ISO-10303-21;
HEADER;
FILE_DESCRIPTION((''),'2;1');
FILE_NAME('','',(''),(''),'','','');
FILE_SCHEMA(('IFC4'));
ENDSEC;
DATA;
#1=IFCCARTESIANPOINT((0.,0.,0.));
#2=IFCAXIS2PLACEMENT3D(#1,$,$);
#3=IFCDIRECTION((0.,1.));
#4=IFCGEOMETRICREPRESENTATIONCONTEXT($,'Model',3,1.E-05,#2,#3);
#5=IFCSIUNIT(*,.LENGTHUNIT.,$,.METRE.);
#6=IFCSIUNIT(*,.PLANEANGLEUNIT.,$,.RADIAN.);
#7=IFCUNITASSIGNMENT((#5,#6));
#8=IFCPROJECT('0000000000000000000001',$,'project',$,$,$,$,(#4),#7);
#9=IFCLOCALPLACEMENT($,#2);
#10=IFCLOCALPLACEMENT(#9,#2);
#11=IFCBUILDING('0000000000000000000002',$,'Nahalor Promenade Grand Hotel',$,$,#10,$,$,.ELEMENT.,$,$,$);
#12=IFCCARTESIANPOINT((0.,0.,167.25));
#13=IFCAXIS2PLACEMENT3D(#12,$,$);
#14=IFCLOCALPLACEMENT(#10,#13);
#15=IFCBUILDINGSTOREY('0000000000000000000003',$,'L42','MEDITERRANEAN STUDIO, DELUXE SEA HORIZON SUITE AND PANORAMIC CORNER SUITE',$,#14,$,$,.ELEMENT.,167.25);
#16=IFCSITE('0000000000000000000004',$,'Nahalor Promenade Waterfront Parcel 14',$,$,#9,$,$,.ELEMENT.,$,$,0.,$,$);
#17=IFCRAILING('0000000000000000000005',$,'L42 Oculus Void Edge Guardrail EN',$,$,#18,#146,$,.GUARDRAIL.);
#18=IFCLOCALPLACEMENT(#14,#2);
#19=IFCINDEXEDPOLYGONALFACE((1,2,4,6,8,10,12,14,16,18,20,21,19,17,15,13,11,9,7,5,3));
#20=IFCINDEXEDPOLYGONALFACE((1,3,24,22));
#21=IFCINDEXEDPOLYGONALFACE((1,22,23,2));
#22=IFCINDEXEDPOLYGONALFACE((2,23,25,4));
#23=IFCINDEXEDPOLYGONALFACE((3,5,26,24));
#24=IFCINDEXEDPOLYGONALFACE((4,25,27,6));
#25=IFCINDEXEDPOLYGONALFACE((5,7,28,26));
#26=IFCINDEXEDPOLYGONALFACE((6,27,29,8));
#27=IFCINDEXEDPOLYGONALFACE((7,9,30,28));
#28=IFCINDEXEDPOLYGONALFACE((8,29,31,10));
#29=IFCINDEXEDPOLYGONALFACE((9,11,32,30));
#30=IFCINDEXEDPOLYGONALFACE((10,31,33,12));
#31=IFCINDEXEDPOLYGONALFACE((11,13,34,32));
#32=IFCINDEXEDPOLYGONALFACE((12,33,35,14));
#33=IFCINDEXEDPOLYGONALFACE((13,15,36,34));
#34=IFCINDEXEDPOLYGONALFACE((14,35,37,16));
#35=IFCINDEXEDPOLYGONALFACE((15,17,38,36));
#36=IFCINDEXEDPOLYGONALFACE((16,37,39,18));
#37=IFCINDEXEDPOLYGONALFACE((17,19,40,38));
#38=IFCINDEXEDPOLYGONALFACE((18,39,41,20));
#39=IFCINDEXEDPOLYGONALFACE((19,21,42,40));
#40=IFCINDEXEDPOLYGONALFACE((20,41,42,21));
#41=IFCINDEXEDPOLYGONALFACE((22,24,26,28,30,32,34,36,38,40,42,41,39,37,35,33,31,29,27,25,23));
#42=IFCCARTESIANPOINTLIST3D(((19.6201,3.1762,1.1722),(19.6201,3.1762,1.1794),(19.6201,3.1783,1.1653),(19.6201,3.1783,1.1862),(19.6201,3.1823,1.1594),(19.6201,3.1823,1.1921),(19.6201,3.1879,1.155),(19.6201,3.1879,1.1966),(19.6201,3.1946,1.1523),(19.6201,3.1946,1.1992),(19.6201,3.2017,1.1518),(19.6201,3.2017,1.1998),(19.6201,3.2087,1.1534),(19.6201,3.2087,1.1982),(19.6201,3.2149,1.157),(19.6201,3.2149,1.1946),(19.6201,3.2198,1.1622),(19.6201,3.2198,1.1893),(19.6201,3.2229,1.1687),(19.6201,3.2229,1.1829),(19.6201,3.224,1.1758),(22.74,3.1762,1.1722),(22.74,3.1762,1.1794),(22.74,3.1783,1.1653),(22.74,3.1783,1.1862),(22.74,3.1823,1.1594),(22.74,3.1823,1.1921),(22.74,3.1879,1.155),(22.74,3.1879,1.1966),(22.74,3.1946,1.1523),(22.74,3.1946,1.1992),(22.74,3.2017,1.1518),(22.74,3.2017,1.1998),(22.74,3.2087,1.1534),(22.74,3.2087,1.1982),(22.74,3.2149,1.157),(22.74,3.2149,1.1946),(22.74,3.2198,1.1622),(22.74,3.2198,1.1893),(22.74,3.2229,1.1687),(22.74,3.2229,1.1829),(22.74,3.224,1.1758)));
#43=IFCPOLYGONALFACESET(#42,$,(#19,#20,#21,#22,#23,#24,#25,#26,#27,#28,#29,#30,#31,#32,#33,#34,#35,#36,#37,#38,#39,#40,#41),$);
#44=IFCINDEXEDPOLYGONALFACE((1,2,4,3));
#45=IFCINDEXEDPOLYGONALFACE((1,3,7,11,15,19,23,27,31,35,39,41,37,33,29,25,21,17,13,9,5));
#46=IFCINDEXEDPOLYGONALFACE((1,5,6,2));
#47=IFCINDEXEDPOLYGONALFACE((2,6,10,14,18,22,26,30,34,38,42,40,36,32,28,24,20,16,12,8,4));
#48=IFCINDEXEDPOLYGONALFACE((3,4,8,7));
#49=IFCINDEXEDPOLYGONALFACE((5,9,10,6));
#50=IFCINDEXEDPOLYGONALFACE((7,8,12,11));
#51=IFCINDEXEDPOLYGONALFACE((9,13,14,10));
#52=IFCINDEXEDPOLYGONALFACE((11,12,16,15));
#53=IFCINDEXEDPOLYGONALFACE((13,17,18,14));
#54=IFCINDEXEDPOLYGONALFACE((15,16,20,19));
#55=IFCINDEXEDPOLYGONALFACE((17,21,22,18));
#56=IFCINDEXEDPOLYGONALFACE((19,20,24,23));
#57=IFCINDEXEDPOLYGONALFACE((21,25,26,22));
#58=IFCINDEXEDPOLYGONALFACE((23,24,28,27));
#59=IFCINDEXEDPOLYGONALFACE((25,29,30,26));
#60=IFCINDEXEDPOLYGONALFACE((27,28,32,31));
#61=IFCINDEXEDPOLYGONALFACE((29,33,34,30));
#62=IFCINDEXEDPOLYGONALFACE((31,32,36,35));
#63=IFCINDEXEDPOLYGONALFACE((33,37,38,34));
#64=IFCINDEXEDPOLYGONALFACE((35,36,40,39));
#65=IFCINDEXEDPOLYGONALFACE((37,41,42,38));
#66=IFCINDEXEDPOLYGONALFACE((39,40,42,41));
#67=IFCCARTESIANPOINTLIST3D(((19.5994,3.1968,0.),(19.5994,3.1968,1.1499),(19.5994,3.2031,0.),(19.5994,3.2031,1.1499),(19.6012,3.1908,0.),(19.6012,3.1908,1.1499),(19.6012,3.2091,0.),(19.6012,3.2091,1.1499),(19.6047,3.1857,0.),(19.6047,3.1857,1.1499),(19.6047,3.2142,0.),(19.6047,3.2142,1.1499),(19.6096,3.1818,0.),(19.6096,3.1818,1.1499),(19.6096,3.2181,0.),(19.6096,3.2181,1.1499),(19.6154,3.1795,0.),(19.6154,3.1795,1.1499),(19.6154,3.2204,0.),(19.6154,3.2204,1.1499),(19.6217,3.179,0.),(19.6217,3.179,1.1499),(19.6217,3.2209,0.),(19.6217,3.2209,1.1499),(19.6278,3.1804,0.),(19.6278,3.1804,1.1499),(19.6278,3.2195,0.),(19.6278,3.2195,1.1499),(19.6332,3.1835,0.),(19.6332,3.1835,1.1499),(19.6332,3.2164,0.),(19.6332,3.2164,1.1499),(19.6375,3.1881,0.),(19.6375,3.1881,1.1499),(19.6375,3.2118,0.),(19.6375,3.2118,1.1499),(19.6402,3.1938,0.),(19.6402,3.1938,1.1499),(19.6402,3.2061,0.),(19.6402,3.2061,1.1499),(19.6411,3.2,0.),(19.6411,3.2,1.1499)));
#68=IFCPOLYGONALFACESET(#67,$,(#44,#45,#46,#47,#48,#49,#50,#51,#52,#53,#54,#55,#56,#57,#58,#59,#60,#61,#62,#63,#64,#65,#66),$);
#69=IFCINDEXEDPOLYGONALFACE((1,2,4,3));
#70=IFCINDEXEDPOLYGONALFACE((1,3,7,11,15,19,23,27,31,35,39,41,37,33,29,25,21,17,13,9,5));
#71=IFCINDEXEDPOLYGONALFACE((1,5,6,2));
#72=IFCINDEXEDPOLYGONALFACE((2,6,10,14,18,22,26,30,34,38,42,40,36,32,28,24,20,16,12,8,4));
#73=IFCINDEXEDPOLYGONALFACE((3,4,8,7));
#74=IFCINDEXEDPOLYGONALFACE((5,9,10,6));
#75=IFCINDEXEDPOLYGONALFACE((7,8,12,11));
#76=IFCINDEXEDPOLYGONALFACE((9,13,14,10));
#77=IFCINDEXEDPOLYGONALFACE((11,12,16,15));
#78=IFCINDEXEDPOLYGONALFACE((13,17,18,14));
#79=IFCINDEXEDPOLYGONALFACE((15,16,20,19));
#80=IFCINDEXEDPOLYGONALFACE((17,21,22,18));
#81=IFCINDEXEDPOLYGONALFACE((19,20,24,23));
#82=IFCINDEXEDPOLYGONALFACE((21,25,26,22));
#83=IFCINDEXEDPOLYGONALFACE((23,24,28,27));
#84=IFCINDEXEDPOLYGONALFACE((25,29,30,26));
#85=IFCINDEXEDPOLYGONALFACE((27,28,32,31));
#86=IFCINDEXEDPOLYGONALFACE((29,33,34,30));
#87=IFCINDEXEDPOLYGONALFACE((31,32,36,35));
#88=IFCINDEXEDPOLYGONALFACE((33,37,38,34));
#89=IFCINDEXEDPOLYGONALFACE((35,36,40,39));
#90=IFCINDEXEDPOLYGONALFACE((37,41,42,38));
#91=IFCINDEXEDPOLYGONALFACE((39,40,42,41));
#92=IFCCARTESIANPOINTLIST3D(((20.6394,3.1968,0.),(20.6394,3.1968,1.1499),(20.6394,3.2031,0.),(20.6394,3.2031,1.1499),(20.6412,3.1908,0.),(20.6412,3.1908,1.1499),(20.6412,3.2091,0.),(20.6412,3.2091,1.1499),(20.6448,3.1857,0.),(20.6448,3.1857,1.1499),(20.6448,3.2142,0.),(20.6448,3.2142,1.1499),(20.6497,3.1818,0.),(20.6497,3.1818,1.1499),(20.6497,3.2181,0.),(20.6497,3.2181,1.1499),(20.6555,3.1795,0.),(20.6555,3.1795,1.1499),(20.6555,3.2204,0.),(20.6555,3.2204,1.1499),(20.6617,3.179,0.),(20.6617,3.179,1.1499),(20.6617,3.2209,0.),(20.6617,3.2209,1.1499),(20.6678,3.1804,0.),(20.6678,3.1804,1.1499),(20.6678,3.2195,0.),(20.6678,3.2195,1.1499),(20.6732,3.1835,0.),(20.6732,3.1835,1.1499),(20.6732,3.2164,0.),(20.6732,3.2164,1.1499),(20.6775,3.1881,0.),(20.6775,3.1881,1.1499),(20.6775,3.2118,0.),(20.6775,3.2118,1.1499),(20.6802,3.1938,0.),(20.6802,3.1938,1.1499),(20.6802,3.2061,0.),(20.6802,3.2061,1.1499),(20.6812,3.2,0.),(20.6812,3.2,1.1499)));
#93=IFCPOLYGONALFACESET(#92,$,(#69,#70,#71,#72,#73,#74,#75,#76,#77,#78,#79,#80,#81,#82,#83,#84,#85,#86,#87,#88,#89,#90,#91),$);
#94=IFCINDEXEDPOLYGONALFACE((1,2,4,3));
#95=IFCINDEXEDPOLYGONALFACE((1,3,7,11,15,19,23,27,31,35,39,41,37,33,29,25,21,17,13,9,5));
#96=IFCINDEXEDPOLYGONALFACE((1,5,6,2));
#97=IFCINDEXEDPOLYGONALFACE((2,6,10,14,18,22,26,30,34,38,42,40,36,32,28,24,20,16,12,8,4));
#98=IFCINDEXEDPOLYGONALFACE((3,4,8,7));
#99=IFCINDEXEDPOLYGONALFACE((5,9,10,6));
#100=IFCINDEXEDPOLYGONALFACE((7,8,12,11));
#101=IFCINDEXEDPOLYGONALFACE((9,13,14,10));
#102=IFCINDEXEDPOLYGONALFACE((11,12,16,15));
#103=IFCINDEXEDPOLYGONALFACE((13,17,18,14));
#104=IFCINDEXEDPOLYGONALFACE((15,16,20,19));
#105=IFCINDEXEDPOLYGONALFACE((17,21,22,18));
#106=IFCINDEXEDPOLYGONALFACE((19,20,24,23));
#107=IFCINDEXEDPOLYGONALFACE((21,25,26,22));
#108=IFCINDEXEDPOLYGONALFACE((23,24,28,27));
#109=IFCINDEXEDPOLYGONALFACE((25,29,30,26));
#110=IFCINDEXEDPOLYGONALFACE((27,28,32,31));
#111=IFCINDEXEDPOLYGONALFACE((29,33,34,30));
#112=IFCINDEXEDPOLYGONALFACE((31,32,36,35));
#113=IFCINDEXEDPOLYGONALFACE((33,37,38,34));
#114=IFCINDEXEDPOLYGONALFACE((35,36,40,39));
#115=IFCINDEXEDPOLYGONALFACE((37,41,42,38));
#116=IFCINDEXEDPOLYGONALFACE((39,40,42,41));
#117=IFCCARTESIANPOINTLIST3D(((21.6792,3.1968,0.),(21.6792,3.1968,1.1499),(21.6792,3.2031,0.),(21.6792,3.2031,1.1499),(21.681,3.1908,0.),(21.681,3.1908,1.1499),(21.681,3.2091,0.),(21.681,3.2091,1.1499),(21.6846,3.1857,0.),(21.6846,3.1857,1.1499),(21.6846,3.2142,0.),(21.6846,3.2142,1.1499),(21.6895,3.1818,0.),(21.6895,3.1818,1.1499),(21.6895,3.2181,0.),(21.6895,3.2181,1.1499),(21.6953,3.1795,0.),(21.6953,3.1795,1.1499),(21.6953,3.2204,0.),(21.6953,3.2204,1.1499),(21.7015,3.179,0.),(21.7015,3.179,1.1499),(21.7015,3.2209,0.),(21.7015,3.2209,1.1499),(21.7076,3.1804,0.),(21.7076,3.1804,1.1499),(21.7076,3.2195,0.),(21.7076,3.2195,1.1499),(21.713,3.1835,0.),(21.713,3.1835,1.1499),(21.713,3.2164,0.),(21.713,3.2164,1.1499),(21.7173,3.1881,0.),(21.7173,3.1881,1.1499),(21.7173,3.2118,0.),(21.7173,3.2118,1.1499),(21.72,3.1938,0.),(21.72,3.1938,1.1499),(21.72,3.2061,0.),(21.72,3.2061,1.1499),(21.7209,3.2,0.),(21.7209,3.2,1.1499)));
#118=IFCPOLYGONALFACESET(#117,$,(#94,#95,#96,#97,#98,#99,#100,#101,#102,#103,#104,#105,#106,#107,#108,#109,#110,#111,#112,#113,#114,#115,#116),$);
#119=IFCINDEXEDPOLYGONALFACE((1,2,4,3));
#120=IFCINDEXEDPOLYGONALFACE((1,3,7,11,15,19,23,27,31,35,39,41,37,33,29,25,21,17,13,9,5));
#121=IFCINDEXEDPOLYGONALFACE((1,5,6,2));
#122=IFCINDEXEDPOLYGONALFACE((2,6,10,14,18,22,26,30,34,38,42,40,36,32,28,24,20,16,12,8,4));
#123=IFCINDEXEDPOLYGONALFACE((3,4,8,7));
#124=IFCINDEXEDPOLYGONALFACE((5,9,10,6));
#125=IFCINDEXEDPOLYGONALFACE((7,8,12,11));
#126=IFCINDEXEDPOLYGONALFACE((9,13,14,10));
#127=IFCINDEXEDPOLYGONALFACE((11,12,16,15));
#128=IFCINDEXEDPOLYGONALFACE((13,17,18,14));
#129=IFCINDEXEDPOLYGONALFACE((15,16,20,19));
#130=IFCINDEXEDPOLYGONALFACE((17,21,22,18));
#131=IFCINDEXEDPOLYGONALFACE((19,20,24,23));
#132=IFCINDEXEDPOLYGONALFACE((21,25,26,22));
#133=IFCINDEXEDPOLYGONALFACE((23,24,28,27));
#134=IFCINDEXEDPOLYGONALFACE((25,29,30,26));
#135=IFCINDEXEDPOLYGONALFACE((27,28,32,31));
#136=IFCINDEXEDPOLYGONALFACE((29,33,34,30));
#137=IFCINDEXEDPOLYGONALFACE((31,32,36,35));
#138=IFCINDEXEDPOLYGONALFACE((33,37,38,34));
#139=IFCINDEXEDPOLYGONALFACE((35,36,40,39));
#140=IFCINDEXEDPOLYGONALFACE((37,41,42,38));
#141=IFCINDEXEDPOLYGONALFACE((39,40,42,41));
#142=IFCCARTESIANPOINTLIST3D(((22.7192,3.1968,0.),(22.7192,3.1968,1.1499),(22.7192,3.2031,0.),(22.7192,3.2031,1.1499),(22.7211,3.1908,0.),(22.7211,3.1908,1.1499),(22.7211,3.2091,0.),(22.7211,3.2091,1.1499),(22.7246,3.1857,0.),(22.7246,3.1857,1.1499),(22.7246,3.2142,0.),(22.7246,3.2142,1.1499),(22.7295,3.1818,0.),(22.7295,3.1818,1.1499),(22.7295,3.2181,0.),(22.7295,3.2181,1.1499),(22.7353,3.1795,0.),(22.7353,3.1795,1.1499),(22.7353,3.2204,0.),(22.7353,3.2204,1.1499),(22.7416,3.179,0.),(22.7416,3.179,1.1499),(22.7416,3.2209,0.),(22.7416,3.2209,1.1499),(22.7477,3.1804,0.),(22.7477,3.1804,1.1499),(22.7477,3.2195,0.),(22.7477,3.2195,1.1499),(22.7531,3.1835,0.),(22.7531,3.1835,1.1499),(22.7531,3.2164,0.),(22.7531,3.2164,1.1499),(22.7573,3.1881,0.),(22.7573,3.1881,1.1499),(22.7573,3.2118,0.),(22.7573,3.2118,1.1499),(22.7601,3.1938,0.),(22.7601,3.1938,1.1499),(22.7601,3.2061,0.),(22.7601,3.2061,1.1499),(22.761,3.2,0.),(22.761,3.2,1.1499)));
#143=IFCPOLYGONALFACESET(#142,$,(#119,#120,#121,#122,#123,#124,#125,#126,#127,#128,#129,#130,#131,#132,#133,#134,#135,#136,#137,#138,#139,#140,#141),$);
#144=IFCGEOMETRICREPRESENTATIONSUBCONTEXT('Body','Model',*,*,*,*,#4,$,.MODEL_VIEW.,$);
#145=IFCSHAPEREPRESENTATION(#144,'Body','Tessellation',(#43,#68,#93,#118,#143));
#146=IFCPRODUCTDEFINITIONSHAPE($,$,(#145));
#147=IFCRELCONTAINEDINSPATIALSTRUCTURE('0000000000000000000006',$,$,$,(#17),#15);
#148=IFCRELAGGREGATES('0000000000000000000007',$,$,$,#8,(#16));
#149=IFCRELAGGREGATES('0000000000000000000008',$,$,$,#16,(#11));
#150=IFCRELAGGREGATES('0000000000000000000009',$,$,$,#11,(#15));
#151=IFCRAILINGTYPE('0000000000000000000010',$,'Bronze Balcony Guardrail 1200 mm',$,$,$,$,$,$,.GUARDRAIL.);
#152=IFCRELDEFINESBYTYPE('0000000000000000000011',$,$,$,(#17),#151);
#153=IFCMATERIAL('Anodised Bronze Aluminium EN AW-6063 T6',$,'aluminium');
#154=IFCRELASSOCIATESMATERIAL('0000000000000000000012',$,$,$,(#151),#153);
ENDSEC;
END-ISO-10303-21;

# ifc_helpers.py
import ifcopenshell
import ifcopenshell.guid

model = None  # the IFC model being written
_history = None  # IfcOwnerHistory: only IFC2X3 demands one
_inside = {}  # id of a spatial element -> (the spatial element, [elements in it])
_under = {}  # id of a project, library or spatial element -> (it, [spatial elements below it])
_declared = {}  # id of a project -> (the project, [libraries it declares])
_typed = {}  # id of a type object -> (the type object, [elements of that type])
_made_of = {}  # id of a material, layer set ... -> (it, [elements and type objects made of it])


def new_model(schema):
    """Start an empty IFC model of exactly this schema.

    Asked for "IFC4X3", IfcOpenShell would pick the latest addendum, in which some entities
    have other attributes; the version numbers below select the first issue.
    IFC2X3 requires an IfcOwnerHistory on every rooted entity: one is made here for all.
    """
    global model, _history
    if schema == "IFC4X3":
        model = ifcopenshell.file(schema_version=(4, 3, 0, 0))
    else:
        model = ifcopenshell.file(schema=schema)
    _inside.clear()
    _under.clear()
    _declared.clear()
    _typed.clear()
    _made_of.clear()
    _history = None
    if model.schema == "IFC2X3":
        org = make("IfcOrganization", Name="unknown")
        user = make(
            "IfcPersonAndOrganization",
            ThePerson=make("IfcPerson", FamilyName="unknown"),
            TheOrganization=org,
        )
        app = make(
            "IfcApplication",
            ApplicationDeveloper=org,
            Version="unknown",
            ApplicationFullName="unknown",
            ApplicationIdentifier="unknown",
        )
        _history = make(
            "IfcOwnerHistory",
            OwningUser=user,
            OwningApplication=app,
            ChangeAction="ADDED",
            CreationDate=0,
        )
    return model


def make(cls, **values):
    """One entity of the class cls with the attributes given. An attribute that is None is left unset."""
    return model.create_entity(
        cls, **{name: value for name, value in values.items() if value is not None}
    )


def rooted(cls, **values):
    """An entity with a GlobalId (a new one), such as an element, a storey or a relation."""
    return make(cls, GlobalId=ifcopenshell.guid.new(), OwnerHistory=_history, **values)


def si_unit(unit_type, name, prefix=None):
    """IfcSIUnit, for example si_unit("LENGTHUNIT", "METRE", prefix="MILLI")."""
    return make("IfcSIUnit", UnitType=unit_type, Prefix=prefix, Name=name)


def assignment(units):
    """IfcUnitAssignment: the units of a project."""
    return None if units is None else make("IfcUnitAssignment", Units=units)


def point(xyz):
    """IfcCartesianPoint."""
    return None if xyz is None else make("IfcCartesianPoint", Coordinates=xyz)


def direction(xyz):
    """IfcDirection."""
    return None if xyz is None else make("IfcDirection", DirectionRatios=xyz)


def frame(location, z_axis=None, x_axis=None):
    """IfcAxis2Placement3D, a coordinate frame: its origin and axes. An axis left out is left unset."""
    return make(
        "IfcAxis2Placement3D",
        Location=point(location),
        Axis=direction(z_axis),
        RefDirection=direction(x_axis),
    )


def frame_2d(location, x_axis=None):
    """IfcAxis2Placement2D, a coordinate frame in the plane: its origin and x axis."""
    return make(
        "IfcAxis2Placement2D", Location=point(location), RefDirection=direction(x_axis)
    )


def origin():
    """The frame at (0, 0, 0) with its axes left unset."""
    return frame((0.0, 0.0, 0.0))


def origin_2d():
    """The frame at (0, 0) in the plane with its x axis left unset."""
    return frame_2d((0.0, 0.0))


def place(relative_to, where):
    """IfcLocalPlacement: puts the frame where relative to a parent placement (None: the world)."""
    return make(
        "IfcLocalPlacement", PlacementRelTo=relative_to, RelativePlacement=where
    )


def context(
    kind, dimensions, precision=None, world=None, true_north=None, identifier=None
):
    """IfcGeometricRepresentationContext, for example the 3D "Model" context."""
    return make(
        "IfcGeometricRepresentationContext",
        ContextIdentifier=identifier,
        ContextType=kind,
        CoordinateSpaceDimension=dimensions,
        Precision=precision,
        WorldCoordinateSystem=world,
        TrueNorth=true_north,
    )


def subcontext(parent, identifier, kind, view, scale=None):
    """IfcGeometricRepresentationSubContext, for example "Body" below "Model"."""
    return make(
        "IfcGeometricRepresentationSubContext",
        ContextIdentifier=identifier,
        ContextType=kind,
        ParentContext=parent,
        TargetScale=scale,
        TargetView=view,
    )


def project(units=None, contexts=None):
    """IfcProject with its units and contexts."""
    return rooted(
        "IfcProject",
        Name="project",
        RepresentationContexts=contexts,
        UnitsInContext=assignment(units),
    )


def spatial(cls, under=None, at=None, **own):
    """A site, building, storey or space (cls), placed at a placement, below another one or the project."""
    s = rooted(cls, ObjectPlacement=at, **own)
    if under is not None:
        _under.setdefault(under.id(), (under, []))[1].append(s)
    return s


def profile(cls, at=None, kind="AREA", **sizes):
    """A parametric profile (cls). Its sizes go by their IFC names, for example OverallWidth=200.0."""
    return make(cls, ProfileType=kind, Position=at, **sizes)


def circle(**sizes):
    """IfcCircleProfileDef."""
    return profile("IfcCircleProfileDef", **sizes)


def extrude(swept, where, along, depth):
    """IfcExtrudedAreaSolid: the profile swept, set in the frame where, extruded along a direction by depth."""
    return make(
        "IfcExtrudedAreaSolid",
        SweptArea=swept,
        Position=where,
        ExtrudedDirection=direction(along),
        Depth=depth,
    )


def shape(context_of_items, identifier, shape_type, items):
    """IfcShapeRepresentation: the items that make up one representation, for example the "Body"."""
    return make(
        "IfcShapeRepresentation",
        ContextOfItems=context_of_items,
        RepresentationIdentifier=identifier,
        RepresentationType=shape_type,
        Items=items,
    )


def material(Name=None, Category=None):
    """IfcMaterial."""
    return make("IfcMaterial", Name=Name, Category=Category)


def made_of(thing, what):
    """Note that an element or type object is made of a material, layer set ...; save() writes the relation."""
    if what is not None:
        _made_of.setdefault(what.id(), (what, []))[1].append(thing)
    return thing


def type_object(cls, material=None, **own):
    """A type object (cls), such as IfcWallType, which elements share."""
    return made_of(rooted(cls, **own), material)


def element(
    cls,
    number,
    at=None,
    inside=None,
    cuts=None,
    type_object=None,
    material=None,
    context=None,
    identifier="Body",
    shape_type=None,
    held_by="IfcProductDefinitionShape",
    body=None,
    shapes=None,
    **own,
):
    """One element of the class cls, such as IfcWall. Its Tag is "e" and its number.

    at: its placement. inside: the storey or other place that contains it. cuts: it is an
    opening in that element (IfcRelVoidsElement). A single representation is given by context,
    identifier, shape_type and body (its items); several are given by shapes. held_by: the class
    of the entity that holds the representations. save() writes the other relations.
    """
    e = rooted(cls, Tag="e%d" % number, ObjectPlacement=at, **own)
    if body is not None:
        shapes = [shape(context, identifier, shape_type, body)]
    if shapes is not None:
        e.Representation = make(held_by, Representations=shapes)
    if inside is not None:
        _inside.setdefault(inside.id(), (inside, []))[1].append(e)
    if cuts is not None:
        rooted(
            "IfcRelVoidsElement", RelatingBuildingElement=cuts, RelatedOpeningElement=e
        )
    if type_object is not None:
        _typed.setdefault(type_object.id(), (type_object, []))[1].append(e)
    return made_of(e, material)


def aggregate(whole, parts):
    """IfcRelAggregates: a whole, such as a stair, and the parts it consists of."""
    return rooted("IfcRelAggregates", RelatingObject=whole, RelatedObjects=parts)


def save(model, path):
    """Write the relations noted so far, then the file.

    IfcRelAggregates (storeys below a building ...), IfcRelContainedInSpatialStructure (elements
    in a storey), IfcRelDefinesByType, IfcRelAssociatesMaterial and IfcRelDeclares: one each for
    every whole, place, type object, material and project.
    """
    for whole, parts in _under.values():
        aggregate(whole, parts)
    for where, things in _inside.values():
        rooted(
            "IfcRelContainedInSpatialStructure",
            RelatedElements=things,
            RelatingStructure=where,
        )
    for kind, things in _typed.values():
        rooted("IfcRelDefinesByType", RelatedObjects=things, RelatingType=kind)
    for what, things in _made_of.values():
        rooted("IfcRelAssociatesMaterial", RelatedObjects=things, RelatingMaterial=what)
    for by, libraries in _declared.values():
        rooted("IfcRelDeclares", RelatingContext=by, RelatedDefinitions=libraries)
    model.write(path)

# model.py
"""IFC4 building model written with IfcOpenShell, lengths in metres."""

from ifc_helpers import new_model, si_unit, direction, frame, origin, origin_2d, place, context, subcontext, project, spatial, circle, extrude, material, type_object, element, save


model = new_model("IFC4")

# Units and contexts
model_context = context("Model", 3, precision=1e-05, world=origin(), true_north=direction((0.0, 1.0)))
body_context = subcontext(model_context, "Body", "Model", "MODEL_VIEW")
ifc_project = project(units=[si_unit("LENGTHUNIT", "METRE"), si_unit("PLANEANGLEUNIT", "RADIAN")], contexts=[model_context])

# Site, building, storey
site_placement = place(None, origin())
site = spatial("IfcSite", under=ifc_project, at=site_placement, Name="Nahalor Promenade Waterfront Parcel 14", CompositionType="ELEMENT", RefElevation=0.0)
building_placement = place(site_placement, origin())
building = spatial("IfcBuilding", under=site, at=building_placement, Name="Nahalor Promenade Grand Hotel", CompositionType="ELEMENT")
storey_placement = place(building_placement, frame((0.0, 0.0, 167.25)))
storey = spatial("IfcBuildingStorey", under=building, at=storey_placement, Name="L42", Description="MEDITERRANEAN STUDIO, DELUXE SEA HORIZON SUITE AND PANORAMIC CORNER SUITE", CompositionType="ELEMENT", Elevation=167.25)

# Shared definitions
ifc_material_1 = material(Name="Anodised Bronze Aluminium EN AW-6063 T6", Category="aluminium")

# Railing
railing_type = type_object("IfcRailingType", Name="Bronze Balcony Guardrail 1200 mm", PredefinedType="GUARDRAIL", material=ifc_material_1)
railing_placement = place(storey_placement, frame((19.6201, 3.2, 0.0)))
element("IfcRailing", 1, at=railing_placement, inside=storey, type_object=railing_type, Name="L42 Oculus Void Edge Guardrail EN", PredefinedType="GUARDRAIL", context=body_context, shape_type="SweptSolid", body=[
    extrude(circle(Radius=0.024, at=origin_2d()), frame((0.0, 0.0, 1.1758), z_axis=(1.0, 0.0, 0.0), x_axis=(0.0, 1.0, 0.0)), (0.0, 0.0, 1.0), 3.1199),
    extrude(circle(Radius=0.021, at=origin_2d()), origin(), (0.0, 0.0, 1.0), 1.1499),
    extrude(circle(Radius=0.021, at=origin_2d()), frame((1.04, 0.0, 0.0)), (0.0, 0.0, 1.0), 1.1499),
    extrude(circle(Radius=0.021, at=origin_2d()), frame((2.0798, 0.0, 0.0)), (0.0, 0.0, 1.0), 1.1499),
    extrude(circle(Radius=0.021, at=origin_2d()), frame((3.1199, 0.0, 0.0)), (0.0, 0.0, 1.0), 1.1499),
])

save(model, "model.ifc")
